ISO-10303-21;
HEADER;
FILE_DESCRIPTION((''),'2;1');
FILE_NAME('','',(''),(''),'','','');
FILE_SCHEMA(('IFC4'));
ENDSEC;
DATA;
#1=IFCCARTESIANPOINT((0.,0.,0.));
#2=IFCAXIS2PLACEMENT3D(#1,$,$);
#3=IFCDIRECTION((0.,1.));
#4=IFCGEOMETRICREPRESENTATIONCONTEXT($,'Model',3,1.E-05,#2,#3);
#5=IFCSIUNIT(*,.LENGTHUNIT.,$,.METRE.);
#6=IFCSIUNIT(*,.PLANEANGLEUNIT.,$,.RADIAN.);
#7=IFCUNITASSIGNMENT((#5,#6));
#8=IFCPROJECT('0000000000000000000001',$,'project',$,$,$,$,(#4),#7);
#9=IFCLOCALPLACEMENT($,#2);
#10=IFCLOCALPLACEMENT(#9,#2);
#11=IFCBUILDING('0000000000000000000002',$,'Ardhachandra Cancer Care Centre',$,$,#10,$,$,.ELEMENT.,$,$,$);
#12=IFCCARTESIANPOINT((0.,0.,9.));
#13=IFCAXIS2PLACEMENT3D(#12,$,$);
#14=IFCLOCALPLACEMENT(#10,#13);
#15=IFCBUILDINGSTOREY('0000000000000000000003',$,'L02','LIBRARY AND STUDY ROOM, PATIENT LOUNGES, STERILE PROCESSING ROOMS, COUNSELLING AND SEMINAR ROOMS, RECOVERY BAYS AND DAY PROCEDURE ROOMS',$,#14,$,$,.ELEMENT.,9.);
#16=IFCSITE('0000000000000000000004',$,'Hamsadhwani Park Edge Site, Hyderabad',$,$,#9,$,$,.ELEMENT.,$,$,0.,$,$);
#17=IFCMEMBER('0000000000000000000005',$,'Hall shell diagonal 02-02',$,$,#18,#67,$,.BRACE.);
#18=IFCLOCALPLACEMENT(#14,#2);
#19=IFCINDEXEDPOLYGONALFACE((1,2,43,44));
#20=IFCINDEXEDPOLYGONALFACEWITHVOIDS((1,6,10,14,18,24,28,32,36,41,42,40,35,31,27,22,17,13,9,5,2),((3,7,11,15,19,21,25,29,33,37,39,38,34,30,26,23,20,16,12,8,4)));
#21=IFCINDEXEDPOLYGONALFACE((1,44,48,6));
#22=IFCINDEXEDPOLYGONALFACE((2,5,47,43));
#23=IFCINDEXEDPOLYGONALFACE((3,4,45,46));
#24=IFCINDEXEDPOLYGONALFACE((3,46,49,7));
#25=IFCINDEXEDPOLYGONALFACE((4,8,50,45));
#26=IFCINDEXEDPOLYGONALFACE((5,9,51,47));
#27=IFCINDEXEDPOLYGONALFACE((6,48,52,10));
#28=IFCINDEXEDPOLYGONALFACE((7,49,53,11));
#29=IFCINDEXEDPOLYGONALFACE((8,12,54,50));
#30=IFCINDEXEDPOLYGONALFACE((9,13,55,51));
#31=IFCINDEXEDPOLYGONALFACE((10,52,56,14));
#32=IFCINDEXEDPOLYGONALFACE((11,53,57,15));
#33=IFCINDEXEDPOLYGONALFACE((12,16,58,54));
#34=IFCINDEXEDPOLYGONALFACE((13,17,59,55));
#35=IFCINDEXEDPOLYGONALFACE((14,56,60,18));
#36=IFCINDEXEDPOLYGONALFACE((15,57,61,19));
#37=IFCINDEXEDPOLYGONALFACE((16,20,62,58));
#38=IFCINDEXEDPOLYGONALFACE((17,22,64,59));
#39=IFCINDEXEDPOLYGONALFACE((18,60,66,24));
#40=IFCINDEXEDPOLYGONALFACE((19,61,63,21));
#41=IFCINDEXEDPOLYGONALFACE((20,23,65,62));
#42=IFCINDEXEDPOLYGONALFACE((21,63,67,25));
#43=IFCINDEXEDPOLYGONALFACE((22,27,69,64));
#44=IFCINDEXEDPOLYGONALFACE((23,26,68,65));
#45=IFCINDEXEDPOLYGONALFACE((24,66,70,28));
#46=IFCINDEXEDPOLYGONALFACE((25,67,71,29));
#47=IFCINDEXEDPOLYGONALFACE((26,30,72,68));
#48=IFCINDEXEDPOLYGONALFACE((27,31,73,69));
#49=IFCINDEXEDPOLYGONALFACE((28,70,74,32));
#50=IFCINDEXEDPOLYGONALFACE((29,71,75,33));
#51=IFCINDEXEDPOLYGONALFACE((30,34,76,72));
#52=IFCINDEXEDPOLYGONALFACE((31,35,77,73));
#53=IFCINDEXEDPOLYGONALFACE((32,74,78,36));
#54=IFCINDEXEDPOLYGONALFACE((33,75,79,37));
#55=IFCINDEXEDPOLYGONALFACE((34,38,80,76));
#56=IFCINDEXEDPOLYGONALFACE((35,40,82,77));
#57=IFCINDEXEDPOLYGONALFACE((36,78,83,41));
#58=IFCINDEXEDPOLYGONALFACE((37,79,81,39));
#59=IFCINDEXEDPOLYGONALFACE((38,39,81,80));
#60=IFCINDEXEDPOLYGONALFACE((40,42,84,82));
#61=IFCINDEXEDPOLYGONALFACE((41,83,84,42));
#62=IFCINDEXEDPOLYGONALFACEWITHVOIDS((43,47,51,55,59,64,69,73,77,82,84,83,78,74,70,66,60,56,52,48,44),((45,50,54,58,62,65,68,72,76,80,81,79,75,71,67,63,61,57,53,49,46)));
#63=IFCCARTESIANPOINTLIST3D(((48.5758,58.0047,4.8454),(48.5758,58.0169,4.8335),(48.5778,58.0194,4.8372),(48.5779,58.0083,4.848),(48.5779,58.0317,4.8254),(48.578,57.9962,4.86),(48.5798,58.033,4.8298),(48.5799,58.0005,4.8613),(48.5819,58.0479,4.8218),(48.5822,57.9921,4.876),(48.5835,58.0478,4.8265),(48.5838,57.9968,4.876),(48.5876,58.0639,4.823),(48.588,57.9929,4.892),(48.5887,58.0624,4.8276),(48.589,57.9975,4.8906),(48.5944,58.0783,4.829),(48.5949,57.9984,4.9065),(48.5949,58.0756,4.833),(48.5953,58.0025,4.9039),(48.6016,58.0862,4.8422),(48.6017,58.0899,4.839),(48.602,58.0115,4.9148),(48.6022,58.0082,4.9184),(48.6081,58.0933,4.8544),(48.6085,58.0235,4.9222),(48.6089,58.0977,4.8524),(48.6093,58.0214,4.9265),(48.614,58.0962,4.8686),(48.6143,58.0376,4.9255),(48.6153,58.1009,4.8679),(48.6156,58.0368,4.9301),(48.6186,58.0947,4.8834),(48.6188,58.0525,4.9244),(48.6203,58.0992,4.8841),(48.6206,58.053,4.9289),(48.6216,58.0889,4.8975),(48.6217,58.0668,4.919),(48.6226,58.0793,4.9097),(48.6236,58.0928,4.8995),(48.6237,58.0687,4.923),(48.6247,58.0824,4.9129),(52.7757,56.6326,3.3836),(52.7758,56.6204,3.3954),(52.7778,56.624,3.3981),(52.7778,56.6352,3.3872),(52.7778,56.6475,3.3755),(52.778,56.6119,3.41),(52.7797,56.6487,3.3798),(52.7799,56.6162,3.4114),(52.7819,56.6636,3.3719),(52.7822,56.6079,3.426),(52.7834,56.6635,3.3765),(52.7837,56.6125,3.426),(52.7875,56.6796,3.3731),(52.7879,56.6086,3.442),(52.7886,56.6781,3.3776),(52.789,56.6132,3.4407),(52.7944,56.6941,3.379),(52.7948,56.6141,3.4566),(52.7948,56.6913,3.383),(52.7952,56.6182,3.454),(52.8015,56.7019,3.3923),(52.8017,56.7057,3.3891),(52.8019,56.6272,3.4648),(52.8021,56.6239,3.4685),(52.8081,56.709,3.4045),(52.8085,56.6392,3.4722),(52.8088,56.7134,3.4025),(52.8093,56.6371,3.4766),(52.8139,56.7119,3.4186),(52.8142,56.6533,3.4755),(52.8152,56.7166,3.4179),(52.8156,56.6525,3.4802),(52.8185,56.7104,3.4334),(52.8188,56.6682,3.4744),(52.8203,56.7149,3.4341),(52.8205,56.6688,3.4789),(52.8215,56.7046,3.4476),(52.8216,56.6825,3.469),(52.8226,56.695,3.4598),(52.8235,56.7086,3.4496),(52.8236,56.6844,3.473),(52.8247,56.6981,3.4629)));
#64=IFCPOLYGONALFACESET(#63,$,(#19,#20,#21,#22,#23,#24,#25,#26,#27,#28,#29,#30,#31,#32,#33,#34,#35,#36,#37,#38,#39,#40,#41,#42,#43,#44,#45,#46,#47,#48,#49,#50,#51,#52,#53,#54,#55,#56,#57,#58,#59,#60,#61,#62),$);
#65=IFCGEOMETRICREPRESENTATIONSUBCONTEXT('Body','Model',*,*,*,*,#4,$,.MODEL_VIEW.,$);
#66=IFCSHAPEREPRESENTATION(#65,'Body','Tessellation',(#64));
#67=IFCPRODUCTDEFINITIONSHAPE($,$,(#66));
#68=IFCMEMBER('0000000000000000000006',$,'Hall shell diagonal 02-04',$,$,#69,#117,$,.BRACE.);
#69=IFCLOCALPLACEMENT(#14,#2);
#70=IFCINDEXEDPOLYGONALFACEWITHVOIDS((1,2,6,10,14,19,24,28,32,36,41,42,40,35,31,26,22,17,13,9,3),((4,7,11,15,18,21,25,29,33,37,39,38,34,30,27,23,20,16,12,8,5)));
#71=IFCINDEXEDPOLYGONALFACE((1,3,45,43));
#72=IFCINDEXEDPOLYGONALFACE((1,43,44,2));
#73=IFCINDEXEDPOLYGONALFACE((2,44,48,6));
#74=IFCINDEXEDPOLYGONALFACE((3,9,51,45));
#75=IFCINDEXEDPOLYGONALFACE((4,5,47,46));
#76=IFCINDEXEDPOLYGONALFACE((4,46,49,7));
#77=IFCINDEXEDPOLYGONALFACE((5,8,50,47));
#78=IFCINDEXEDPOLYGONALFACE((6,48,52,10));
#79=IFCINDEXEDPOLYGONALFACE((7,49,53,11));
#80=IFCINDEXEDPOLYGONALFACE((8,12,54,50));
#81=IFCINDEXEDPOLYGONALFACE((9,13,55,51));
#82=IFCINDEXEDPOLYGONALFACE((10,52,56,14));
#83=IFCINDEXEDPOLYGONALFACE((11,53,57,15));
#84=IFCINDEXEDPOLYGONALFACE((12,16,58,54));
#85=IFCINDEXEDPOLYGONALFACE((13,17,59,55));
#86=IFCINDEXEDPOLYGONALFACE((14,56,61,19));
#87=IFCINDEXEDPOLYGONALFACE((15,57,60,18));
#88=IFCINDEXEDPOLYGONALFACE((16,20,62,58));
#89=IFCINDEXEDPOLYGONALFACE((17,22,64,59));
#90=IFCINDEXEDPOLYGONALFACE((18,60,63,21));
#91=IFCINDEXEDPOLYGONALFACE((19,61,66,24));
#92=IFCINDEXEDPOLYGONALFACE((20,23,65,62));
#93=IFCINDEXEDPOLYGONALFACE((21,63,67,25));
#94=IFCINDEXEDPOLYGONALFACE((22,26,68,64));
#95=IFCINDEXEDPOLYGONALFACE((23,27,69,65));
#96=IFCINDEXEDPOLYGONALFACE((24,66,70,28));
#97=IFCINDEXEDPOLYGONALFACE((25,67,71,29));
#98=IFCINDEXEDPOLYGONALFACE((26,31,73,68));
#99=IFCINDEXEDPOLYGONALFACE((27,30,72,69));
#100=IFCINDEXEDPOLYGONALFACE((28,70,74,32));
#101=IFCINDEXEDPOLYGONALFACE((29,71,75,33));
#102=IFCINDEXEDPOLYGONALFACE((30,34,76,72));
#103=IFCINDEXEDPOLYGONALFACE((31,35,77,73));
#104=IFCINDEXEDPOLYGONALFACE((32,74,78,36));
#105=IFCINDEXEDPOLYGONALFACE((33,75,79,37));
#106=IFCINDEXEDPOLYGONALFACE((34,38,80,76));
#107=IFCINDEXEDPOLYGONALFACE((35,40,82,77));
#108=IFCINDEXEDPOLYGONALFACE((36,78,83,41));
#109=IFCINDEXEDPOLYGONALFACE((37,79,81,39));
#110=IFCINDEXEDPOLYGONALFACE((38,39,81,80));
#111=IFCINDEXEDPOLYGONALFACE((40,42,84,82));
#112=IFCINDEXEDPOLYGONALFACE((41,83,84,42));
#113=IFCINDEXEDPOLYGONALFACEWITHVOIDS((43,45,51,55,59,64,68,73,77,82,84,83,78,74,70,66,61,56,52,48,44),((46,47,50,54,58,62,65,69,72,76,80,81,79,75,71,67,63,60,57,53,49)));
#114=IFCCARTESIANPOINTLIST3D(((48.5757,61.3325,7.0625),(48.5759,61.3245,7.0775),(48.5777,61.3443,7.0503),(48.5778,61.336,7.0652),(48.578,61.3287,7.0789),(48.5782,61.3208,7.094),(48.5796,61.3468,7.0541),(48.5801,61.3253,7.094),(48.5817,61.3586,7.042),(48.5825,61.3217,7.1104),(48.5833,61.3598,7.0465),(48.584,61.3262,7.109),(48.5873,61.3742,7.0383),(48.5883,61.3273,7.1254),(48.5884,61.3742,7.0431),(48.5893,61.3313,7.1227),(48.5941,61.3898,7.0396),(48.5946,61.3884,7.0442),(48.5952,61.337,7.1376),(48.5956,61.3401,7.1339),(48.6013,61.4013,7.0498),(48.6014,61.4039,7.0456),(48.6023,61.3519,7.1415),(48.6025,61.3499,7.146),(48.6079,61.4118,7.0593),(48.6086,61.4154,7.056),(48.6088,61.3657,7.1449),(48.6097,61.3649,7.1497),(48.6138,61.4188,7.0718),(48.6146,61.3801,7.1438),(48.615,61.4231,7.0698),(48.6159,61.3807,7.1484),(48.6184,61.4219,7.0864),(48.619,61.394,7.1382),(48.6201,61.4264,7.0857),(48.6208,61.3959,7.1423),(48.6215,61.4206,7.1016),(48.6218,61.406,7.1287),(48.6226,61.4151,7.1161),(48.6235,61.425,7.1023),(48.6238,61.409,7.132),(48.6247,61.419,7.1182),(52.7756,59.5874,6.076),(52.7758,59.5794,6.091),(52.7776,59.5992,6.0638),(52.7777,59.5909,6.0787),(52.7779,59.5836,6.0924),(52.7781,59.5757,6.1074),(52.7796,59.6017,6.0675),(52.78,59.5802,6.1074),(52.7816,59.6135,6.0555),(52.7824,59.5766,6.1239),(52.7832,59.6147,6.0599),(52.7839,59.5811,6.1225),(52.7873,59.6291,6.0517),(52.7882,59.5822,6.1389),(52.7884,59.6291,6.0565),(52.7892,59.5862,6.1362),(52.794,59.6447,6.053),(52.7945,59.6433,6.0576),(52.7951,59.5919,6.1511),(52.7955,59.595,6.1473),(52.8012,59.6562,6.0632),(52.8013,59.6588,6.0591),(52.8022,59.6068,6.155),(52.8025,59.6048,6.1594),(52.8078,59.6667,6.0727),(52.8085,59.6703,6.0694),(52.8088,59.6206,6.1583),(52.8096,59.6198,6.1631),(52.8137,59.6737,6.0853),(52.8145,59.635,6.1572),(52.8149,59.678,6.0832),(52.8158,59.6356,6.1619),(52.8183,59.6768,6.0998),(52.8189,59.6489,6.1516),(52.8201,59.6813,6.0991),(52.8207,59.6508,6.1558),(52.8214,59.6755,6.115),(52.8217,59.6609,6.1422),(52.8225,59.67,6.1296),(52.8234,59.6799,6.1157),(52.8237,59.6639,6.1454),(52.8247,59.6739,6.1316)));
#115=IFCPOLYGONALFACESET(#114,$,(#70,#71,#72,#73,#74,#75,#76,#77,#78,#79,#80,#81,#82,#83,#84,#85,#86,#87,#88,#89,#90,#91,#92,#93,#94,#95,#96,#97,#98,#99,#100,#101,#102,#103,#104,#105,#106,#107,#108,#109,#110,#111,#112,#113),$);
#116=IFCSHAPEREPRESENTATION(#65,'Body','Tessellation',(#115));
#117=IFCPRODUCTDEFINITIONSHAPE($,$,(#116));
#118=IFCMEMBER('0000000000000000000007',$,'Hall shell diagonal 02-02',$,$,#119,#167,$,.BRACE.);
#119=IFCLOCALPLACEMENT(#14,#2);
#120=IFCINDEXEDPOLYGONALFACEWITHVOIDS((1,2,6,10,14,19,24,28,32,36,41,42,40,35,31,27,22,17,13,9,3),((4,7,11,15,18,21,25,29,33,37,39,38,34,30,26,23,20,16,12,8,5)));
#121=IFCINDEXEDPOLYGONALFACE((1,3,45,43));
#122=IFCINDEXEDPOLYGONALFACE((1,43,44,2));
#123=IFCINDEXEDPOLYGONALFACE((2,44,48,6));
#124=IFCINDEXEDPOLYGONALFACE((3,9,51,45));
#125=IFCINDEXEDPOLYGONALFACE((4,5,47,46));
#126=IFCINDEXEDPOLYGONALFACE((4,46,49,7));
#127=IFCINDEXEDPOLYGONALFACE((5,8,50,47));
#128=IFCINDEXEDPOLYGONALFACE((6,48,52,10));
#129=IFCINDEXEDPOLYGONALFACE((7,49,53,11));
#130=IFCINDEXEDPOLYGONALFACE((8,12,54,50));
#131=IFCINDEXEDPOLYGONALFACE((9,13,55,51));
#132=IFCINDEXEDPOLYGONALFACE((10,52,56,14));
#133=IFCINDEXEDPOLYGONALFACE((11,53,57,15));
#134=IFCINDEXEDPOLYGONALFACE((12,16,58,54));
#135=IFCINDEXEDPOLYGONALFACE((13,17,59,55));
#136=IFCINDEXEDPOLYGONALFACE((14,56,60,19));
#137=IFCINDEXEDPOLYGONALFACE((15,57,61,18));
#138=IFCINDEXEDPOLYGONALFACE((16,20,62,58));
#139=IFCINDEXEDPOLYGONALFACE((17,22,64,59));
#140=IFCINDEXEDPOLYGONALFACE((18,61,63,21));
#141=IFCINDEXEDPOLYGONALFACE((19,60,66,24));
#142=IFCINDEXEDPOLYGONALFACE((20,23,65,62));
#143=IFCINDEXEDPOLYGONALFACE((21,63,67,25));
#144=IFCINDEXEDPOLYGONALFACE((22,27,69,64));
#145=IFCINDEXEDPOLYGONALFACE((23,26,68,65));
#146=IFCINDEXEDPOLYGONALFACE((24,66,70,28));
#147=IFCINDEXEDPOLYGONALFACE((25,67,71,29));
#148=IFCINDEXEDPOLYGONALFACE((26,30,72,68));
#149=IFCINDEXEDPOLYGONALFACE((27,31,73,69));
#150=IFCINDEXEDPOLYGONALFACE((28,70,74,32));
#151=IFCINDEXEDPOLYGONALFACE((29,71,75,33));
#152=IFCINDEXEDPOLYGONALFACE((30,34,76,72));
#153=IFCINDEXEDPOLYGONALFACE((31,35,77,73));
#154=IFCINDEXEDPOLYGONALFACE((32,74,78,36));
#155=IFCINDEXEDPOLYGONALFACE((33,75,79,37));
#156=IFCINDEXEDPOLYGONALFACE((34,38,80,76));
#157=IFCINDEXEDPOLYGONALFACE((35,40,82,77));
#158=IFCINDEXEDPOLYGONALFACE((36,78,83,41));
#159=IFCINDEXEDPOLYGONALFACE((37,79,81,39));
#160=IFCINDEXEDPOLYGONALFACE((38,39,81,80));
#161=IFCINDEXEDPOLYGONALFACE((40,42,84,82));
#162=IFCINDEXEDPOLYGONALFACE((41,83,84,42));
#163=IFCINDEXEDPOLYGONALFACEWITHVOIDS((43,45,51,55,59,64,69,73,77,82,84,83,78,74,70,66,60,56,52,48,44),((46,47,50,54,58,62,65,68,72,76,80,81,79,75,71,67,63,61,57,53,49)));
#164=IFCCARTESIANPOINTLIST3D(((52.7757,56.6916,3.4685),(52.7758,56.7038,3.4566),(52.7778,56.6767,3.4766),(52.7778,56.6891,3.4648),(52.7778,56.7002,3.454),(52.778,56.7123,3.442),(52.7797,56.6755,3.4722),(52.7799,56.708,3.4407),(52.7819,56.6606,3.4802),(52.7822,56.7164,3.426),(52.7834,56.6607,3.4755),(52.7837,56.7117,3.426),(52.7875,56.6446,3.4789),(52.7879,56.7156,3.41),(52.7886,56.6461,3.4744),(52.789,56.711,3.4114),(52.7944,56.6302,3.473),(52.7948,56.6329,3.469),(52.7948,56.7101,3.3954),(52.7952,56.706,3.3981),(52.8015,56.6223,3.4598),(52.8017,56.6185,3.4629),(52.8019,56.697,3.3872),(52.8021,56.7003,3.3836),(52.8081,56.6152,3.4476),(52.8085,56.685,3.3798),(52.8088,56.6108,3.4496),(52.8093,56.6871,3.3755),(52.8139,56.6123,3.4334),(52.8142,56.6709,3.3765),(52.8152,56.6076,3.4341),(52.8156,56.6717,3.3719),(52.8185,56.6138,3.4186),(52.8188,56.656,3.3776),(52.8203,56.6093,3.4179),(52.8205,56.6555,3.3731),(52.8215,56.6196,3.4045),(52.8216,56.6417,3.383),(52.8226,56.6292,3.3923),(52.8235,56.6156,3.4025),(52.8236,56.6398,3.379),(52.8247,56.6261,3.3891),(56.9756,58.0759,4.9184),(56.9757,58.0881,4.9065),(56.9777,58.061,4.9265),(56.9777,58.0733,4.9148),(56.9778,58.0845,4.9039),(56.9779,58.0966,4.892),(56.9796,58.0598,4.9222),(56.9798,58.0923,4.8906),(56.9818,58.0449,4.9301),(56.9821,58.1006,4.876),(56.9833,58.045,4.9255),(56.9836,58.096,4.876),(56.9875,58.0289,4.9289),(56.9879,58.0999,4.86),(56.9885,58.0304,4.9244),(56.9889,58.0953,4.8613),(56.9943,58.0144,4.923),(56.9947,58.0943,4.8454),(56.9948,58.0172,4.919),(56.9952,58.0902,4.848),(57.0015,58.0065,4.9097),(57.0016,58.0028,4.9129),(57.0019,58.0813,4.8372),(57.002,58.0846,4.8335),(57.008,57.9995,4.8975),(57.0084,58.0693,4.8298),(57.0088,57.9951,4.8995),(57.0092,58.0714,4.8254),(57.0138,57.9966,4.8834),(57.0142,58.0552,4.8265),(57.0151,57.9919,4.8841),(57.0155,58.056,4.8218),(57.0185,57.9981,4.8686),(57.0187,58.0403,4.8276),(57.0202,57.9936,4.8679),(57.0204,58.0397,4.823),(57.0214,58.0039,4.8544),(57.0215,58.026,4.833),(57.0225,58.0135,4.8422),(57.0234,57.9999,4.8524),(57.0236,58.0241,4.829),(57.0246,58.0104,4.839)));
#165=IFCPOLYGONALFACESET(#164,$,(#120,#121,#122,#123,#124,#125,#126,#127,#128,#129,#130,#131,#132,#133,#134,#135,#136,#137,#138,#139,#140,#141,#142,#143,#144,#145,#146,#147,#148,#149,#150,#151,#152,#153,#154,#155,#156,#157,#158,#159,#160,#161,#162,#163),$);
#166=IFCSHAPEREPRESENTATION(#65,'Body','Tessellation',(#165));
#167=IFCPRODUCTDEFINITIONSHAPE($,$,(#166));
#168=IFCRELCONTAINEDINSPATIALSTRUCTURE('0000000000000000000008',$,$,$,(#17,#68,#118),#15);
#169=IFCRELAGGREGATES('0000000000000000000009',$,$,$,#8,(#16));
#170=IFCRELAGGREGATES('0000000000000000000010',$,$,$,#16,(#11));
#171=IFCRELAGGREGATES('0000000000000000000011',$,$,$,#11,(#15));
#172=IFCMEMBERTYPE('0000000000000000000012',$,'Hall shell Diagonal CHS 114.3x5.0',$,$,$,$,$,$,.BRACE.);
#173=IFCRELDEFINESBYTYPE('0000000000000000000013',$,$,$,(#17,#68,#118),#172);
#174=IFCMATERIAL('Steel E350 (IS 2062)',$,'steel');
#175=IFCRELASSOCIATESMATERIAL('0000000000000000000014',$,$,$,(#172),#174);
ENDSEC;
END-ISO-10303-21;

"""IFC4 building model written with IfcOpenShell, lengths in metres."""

from ifc_helpers import new_model, si_unit, direction, frame, origin, origin_2d, place, context, subcontext, project, spatial, hollow_circle, extrude, material, material_profile, profile_set, type_object, element, save


model = new_model("IFC4")

# Units and contexts
model_context = context("Model", 3, precision=1e-05, world=origin(), true_north=direction((0.0, 1.0)))
body_context = subcontext(model_context, "Body", "Model", "MODEL_VIEW")
ifc_project = project(units=[si_unit("LENGTHUNIT", "METRE"), si_unit("PLANEANGLEUNIT", "RADIAN")], contexts=[model_context])

# Site, building, storey
site_placement = place(None, origin())
site = spatial("IfcSite", under=ifc_project, at=site_placement, Name="Hamsadhwani Park Edge Site, Hyderabad", CompositionType="ELEMENT", RefElevation=0.0)
building_placement = place(site_placement, origin())
building = spatial("IfcBuilding", under=site, at=building_placement, Name="Ardhachandra Cancer Care Centre", CompositionType="ELEMENT")
storey_placement = place(building_placement, frame((0.0, 0.0, 9.0)))
storey = spatial("IfcBuildingStorey", under=building, at=storey_placement, Name="L02", Description="LIBRARY AND STUDY ROOM, PATIENT LOUNGES, STERILE PROCESSING ROOMS, COUNSELLING AND SEMINAR ROOMS, RECOVERY BAYS AND DAY PROCEDURE ROOMS", CompositionType="ELEMENT", Elevation=9.0)

# Members
ifc_material_1 = material(Name="Steel E350 (IS 2062)", Category="steel")
ifc_material_profile_1 = material_profile(ifc_material_1, hollow_circle(Radius=0.0571, WallThickness=0.0049, at=origin_2d()), Name="CHS 114.3x5.0")
ifc_profile_set_1 = profile_set([ifc_material_profile_1], Name="Steel E350 (IS 2062)")
member_type_1 = type_object("IfcMemberType", Name="Hall shell Diagonal CHS 114.3x5.0", PredefinedType="BRACE", material=ifc_profile_set_1)
for number, where, z_axis, x_axis, name in (
    (1, (52.8, 56.6621, 3.426), (-0.902471, 0.297449, 0.311561), (-0.313029, -0.949743, 0.0), "Hall shell diagonal 02-02"),
    (2, (52.8, 59.6284, 6.1074), (-0.902467, 0.374983, 0.21199), (-0.383704, -0.923456, 0.0), "Hall shell diagonal 02-04"),
    (3, (52.8, 56.6621, 3.426), (0.902471, 0.297449, 0.311561), (-0.313029, 0.949743, 0.0), "Hall shell diagonal 02-02"),
):
    element("IfcMember", number, at=place(storey_placement, frame(where, z_axis=z_axis, x_axis=x_axis)), inside=storey, type_object=member_type_1, Name=name, PredefinedType="BRACE", context=body_context, shape_type="SweptSolid", body=[
        extrude(hollow_circle(Radius=0.0571, WallThickness=0.0049, at=origin_2d()), origin(), (0.0, 0.0, 1.0), 4.6538),
    ])

save(model, "model.ifc")
